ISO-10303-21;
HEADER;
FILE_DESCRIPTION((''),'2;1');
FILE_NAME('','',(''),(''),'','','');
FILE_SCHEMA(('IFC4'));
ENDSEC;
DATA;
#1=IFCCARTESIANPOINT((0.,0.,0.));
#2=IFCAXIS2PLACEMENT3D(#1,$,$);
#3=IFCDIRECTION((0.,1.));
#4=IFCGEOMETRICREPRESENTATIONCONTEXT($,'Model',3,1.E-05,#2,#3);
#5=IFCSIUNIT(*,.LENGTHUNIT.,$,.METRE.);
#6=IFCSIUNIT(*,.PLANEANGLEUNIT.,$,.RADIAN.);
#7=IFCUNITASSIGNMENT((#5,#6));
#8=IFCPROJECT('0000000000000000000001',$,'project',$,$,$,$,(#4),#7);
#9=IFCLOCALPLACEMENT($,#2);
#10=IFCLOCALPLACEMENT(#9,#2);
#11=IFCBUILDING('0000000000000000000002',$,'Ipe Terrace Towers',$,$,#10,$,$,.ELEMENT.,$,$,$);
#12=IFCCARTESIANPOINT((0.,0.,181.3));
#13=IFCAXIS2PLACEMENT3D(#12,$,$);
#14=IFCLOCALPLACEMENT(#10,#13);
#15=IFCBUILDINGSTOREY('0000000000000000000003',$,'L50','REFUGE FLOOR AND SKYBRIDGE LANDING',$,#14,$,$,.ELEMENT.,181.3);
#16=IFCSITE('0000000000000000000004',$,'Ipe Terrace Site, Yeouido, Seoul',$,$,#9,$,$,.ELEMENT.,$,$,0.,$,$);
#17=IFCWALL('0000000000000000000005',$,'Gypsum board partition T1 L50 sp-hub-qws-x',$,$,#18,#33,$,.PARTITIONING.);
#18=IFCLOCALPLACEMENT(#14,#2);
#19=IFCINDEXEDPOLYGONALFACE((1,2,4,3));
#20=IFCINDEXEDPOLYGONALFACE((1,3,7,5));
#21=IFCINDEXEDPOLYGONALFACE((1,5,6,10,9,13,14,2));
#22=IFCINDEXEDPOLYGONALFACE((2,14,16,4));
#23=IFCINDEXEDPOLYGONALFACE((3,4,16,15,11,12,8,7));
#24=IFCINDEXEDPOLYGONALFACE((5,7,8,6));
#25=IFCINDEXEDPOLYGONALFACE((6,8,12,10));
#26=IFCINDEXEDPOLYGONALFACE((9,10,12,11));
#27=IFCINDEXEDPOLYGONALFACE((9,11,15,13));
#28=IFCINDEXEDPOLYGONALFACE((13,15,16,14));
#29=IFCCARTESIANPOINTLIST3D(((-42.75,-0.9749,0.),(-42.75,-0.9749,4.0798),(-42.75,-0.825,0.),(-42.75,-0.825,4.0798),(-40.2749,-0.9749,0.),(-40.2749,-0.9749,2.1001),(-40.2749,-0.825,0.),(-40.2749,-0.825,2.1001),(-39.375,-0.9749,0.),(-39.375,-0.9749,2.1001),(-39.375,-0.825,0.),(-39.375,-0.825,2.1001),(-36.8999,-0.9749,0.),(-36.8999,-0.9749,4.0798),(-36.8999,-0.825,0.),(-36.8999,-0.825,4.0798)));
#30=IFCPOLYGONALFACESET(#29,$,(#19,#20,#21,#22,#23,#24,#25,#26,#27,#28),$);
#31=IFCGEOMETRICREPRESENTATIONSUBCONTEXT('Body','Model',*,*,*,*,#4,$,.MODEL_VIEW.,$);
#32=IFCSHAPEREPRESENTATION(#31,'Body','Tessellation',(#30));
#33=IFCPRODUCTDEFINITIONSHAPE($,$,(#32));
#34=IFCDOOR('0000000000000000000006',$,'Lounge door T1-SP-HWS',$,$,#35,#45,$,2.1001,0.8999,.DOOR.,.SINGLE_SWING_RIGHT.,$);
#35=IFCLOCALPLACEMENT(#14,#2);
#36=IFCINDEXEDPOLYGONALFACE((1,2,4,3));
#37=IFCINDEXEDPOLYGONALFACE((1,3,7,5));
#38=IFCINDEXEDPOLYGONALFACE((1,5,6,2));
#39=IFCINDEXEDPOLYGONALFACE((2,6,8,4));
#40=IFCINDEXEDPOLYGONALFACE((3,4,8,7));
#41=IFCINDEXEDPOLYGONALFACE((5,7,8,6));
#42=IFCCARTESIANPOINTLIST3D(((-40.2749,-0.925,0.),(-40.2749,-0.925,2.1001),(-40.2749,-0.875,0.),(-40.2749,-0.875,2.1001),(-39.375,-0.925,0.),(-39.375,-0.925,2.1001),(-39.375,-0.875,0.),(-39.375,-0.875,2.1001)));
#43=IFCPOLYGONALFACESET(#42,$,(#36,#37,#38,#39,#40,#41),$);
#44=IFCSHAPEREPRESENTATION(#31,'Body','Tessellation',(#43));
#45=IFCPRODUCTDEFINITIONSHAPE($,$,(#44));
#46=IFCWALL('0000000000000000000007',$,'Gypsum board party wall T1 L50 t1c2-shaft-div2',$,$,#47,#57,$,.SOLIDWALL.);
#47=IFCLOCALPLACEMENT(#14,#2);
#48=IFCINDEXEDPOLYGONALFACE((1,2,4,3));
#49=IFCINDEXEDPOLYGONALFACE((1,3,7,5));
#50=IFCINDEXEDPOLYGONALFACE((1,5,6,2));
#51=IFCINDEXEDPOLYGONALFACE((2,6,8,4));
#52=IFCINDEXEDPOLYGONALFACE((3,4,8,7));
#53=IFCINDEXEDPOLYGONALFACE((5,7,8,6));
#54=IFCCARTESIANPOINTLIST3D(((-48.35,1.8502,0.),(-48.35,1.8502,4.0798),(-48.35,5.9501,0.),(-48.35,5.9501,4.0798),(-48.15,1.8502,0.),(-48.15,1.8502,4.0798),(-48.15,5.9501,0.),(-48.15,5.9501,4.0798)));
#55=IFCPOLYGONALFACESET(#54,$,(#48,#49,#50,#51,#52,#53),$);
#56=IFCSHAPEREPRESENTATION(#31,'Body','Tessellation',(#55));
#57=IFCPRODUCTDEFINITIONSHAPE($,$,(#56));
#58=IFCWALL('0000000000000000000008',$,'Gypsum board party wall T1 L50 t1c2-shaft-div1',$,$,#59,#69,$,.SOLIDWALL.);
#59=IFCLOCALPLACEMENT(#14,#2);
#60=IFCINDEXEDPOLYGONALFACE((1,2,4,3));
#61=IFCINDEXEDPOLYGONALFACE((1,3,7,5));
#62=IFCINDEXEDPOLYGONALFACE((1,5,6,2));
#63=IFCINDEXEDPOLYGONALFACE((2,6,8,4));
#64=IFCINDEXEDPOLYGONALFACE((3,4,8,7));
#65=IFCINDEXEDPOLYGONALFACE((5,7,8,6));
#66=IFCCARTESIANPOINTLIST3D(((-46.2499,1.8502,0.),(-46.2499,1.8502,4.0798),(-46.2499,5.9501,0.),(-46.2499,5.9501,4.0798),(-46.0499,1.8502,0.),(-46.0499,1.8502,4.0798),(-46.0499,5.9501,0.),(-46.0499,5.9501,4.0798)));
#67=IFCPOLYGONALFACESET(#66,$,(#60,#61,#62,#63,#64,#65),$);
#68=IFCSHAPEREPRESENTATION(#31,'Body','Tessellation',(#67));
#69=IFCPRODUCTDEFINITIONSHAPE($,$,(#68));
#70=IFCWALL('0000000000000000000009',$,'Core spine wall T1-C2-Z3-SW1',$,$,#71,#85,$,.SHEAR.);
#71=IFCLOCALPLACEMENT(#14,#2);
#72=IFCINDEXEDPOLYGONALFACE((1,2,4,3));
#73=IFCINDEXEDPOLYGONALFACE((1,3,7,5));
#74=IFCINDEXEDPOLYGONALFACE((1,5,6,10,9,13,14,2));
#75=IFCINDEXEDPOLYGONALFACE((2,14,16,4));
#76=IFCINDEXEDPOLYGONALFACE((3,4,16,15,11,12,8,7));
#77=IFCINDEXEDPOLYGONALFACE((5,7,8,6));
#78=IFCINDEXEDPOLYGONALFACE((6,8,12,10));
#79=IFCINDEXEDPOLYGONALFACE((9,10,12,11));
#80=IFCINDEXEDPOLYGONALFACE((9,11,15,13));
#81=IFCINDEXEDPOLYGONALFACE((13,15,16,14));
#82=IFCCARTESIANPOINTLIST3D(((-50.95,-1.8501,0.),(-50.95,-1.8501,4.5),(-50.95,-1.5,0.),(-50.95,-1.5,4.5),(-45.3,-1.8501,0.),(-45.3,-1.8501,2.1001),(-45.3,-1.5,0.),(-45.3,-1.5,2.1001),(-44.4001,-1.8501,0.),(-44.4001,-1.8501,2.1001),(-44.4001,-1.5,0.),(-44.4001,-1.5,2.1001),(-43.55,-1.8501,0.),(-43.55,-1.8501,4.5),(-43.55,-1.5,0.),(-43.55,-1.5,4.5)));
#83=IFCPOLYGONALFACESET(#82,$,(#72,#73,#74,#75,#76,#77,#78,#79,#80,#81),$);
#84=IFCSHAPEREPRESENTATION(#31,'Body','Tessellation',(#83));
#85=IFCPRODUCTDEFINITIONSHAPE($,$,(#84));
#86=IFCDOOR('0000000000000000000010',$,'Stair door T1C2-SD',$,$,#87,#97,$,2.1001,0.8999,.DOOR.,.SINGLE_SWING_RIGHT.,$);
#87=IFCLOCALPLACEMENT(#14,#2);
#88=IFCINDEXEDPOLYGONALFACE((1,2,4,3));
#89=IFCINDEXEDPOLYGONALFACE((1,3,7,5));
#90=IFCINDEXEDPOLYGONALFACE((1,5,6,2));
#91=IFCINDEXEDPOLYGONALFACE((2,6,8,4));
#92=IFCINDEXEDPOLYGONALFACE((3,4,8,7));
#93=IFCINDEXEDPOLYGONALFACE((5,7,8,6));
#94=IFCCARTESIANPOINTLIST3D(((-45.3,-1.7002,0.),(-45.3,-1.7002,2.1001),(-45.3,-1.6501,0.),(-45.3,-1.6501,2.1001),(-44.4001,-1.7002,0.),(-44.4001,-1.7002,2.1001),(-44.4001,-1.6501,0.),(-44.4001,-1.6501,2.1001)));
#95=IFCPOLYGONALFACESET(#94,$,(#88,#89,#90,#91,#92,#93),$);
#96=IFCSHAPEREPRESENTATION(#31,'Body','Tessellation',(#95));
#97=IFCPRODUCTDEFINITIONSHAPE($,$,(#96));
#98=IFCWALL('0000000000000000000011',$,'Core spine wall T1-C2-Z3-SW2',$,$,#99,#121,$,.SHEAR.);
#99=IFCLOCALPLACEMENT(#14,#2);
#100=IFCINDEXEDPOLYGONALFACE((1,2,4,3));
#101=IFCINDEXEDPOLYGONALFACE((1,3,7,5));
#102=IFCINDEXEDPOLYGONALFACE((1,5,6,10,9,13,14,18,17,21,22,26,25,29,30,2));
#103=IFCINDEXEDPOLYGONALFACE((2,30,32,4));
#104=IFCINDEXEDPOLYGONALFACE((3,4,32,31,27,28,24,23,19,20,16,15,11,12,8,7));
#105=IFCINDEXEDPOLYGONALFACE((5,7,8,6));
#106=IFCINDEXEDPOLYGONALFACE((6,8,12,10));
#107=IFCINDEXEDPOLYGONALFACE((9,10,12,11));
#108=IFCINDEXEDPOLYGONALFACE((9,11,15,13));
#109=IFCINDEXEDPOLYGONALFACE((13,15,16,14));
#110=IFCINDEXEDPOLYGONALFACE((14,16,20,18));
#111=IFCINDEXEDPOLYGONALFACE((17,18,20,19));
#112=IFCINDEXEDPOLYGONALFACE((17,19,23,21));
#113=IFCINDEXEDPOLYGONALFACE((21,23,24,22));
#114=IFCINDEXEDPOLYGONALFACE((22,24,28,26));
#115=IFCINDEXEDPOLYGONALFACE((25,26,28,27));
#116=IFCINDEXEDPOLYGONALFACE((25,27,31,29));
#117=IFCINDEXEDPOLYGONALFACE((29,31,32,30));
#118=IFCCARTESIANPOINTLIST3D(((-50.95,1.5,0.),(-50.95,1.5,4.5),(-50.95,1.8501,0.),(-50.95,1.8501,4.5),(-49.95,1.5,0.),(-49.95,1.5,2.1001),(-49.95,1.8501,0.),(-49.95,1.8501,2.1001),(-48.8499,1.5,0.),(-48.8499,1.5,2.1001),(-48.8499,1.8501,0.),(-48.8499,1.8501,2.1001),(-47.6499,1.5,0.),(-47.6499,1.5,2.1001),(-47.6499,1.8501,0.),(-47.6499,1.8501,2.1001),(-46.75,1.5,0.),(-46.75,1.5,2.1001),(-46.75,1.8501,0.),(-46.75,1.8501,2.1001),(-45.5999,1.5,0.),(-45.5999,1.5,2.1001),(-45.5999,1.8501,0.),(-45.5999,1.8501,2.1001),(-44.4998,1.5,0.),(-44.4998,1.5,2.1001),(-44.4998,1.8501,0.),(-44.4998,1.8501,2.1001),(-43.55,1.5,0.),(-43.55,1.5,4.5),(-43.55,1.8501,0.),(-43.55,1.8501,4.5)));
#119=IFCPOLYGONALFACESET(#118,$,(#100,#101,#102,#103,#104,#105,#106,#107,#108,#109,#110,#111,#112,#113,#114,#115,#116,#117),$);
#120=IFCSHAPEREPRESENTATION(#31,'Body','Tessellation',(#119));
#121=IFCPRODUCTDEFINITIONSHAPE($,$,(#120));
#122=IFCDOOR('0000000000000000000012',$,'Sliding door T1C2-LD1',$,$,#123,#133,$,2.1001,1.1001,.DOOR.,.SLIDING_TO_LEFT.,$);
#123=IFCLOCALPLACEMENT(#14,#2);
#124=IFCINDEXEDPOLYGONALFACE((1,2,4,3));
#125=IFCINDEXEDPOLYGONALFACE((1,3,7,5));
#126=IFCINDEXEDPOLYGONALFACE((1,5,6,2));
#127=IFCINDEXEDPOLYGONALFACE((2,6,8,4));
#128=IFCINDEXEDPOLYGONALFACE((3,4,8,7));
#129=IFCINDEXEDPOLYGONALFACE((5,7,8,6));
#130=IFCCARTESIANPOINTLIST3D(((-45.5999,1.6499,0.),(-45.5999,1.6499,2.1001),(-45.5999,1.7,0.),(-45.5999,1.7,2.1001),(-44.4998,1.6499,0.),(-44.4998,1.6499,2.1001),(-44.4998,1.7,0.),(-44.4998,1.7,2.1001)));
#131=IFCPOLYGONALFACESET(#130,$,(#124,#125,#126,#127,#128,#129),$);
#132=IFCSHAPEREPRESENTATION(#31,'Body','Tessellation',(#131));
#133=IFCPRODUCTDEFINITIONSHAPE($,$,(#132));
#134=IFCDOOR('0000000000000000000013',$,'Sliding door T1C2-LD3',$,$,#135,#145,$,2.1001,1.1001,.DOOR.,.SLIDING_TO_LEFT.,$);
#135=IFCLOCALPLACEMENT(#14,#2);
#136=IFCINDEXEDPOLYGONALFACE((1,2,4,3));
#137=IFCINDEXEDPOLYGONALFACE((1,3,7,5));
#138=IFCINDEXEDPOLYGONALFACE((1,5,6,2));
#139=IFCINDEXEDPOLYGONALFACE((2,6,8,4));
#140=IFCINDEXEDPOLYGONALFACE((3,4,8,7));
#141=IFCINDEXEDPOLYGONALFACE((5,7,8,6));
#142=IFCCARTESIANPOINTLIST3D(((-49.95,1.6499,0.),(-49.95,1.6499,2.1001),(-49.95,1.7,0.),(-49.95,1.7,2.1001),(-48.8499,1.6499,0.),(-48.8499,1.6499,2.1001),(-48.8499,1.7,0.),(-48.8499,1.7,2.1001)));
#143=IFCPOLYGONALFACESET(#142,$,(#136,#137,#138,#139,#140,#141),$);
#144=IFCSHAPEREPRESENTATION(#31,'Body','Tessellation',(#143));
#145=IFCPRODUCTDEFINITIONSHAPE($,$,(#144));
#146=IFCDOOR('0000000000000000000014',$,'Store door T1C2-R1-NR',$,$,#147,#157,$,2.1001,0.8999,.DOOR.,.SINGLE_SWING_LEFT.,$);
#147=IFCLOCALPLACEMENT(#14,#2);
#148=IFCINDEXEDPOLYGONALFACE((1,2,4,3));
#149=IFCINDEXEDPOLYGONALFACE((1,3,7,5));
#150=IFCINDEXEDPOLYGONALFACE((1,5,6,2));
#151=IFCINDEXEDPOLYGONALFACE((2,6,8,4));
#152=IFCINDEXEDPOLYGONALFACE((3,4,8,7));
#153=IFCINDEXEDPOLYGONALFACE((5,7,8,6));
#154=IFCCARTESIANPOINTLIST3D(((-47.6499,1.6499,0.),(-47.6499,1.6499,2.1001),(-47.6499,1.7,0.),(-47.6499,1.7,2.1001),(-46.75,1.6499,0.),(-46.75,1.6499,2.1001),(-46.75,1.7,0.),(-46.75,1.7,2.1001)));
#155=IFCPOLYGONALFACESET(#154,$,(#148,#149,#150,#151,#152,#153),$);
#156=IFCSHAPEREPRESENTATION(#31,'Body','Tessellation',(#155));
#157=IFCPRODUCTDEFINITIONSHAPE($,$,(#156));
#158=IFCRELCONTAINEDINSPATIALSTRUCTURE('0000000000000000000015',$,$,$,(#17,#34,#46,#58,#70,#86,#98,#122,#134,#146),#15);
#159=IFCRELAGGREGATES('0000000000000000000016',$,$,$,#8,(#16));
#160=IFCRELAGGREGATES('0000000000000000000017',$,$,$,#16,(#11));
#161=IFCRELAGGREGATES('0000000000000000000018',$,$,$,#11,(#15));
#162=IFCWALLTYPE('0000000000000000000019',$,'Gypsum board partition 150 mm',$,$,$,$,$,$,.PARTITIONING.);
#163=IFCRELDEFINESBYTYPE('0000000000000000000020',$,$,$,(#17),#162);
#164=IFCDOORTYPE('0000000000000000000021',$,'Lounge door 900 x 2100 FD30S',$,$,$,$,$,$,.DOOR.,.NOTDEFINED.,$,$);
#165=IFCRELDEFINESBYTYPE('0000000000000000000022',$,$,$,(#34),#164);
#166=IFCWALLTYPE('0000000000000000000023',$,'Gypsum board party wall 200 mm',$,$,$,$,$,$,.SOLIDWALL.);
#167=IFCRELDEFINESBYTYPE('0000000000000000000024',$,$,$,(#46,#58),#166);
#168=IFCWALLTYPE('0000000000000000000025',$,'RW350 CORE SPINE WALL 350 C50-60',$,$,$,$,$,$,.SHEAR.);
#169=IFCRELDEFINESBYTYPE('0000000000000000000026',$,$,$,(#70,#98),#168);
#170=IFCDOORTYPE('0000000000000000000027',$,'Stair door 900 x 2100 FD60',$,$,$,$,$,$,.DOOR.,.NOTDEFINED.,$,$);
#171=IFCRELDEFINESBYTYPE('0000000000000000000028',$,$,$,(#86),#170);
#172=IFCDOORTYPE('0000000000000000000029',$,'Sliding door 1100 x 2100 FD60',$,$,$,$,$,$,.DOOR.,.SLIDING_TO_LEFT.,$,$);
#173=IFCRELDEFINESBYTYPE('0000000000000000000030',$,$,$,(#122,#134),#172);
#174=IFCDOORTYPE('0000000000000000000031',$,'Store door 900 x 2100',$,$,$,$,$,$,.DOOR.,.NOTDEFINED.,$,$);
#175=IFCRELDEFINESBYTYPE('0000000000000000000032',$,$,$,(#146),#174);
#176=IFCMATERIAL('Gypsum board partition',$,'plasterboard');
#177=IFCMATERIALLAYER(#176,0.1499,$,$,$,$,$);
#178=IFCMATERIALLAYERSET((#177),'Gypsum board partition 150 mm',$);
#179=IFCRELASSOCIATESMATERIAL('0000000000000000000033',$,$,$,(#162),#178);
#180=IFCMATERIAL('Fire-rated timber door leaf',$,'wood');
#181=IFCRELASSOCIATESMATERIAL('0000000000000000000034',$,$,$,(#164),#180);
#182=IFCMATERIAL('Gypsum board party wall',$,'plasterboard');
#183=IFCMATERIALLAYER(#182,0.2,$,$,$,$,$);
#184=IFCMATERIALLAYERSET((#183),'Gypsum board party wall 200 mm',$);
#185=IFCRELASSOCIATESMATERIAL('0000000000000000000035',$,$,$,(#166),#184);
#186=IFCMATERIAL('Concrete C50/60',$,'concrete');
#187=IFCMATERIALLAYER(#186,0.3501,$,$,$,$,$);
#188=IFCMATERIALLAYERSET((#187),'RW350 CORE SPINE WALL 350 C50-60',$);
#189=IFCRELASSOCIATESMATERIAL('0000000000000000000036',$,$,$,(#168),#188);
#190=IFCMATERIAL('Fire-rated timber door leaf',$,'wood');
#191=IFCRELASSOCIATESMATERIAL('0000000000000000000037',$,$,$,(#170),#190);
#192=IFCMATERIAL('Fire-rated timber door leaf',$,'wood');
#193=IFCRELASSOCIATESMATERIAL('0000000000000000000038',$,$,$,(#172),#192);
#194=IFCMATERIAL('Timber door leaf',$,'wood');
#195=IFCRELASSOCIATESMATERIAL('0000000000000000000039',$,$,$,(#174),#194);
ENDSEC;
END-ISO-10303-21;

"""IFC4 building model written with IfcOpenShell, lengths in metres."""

from ifc_helpers import new_model, si_unit, direction, frame, frame_2d, origin, place, context, subcontext, project, spatial, rectangle, extrude, material, layer, layer_set, type_object, element, fill, save


model = new_model("IFC4")

# Units and contexts
model_context = context("Model", 3, precision=1e-05, world=origin(), true_north=direction((0.0, 1.0)))
body_context = subcontext(model_context, "Body", "Model", "MODEL_VIEW")
ifc_project = project(units=[si_unit("LENGTHUNIT", "METRE"), si_unit("PLANEANGLEUNIT", "RADIAN")], contexts=[model_context])

# Site, building, storey
site_placement = place(None, origin())
site = spatial("IfcSite", under=ifc_project, at=site_placement, Name="Ipe Terrace Site, Yeouido, Seoul", CompositionType="ELEMENT", RefElevation=0.0)
building_placement = place(site_placement, origin())
building = spatial("IfcBuilding", under=site, at=building_placement, Name="Ipe Terrace Towers", CompositionType="ELEMENT")
storey_placement = place(building_placement, frame((0.0, 0.0, 181.3)))
storey = spatial("IfcBuildingStorey", under=building, at=storey_placement, Name="L50", Description="REFUGE FLOOR AND SKYBRIDGE LANDING", CompositionType="ELEMENT", Elevation=181.3)

# Wall, opening, door
ifc_material_1 = material(Name="Gypsum board partition", Category="plasterboard")
ifc_layer_1 = layer(ifc_material_1, 0.1499)
ifc_layer_set_1 = layer_set([ifc_layer_1], Name="Gypsum board partition 150 mm")
wall_type_1 = type_object("IfcWallType", Name="Gypsum board partition 150 mm", PredefinedType="PARTITIONING", material=ifc_layer_set_1)
ifc_material_2 = material(Name="Fire-rated timber door leaf", Category="wood")
door_type_1 = type_object("IfcDoorType", Name="Lounge door 900 x 2100 FD30S", OperationType="NOTDEFINED", PredefinedType="DOOR", material=ifc_material_2)
wall_1_placement = place(storey_placement, frame((-42.75, -0.8999, 0.0), z_axis=(0.0, 0.0, 1.0), x_axis=(1.0, 0.0, 0.0)))
wall_1 = element("IfcWall", 1, at=wall_1_placement, inside=storey, type_object=wall_type_1, Name="Gypsum board partition T1 L50 sp-hub-qws-x", PredefinedType="PARTITIONING", context=body_context, shape_type="SweptSolid", body=[
    extrude(rectangle(XDim=5.8501, YDim=0.1499, at=frame_2d((2.925, 0.0))), origin(), (0.0, 0.0, 1.0), 4.0798),
])
opening_1_placement = place(wall_1_placement, frame((2.4751, 0.0, 0.0)))
opening_1 = element("IfcOpeningElement", 2, at=opening_1_placement, cuts=wall_1, PredefinedType="OPENING", context=body_context, shape_type="SweptSolid", body=[
    extrude(rectangle(XDim=0.8999, YDim=2.1001, at=frame_2d((0.45, 1.05))), frame((0.0, 0.085, 0.0), z_axis=(0.0, -1.0, 0.0), x_axis=(1.0, 0.0, 0.0)), (0.0, 0.0, 1.0), 0.1699),
])
door_1_placement = place(opening_1_placement, origin())
door_1 = element("IfcDoor", 3, at=door_1_placement, inside=storey, type_object=door_type_1, Name="Lounge door T1-SP-HWS", OperationType="SINGLE_SWING_RIGHT", OverallHeight=2.1001, OverallWidth=0.8999, PredefinedType="DOOR", context=body_context, shape_type="SweptSolid", body=[
    extrude(rectangle(XDim=0.8999, YDim=2.1001, at=frame_2d((0.45, 1.05))), frame((0.0, 0.0249, 0.0), z_axis=(0.0, -1.0, 0.0), x_axis=(1.0, 0.0, 0.0)), (0.0, 0.0, 1.0), 0.05),
])
fill(opening_1, door_1)

# Walls
ifc_material_3 = material(Name="Gypsum board party wall", Category="plasterboard")
ifc_layer_2 = layer(ifc_material_3, 0.2)
ifc_layer_set_2 = layer_set([ifc_layer_2], Name="Gypsum board party wall 200 mm")
wall_type_2 = type_object("IfcWallType", Name="Gypsum board party wall 200 mm", PredefinedType="SOLIDWALL", material=ifc_layer_set_2)
for number, where, z_axis, x_axis, name in (
    (4, (-48.25, 5.95, 0.0), (0.0, 0.0, 1.0), (0.0, -1.0, 0.0), "Gypsum board party wall T1 L50 t1c2-shaft-div2"),
    (5, (-46.1499, 5.95, 0.0), (0.0, 0.0, 1.0), (0.0, -1.0, 0.0), "Gypsum board party wall T1 L50 t1c2-shaft-div1"),
):
    element("IfcWall", number, at=place(storey_placement, frame(where, z_axis=z_axis, x_axis=x_axis)), inside=storey, type_object=wall_type_2, Name=name, PredefinedType="SOLIDWALL", context=body_context, shape_type="SweptSolid", body=[
        extrude(rectangle(XDim=4.0999, YDim=0.2, at=frame_2d((2.0498, 0.0))), origin(), (0.0, 0.0, 1.0), 4.0798),
    ])

# Wall, opening, door
ifc_material_4 = material(Name="Concrete C50/60", Category="concrete")
ifc_layer_3 = layer(ifc_material_4, 0.3501)
ifc_layer_set_3 = layer_set([ifc_layer_3], Name="RW350 CORE SPINE WALL 350 C50-60")
wall_type_3 = type_object("IfcWallType", Name="RW350 CORE SPINE WALL 350 C50-60", PredefinedType="SHEAR", material=ifc_layer_set_3)
wall_2_placement = place(storey_placement, frame((-50.95, -1.675, 0.0), z_axis=(0.0, 0.0, 1.0), x_axis=(1.0, 0.0, 0.0)))
wall_2 = element("IfcWall", 6, at=wall_2_placement, inside=storey, type_object=wall_type_3, Name="Core spine wall T1-C2-Z3-SW1", PredefinedType="SHEAR", context=body_context, shape_type="SweptSolid", body=[
    extrude(rectangle(XDim=7.3999, YDim=0.3501, at=frame_2d((3.7, 0.0))), origin(), (0.0, 0.0, 1.0), 4.5),
])
opening_2_placement = place(wall_2_placement, frame((5.6499, 0.0, 0.0)))
opening_2 = element("IfcOpeningElement", 7, at=opening_2_placement, cuts=wall_2, PredefinedType="OPENING", context=body_context, shape_type="SweptSolid", body=[
    extrude(rectangle(XDim=0.8999, YDim=2.1001, at=frame_2d((0.45, 1.05))), frame((0.0, 0.1851, 0.0), z_axis=(0.0, -1.0, 0.0), x_axis=(1.0, 0.0, 0.0)), (0.0, 0.0, 1.0), 0.3701),
])
ifc_material_5 = material(Name="Fire-rated timber door leaf", Category="wood")
door_type_2 = type_object("IfcDoorType", Name="Stair door 900 x 2100 FD60", OperationType="NOTDEFINED", PredefinedType="DOOR", material=ifc_material_5)
door_2_placement = place(opening_2_placement, origin())
door_2 = element("IfcDoor", 8, at=door_2_placement, inside=storey, type_object=door_type_2, Name="Stair door T1C2-SD", OperationType="SINGLE_SWING_RIGHT", OverallHeight=2.1001, OverallWidth=0.8999, PredefinedType="DOOR", context=body_context, shape_type="SweptSolid", body=[
    extrude(rectangle(XDim=0.8999, YDim=2.1001, at=frame_2d((0.45, 1.05))), frame((0.0, 0.0249, 0.0), z_axis=(0.0, -1.0, 0.0), x_axis=(1.0, 0.0, 0.0)), (0.0, 0.0, 1.0), 0.05),
])
fill(opening_2, door_2)

# Wall, openings, doors
wall_3_placement = place(storey_placement, frame((-50.95, 1.675, 0.0), z_axis=(0.0, 0.0, 1.0), x_axis=(1.0, 0.0, 0.0)))
wall_3 = element("IfcWall", 9, at=wall_3_placement, inside=storey, type_object=wall_type_3, Name="Core spine wall T1-C2-Z3-SW2", PredefinedType="SHEAR", context=body_context, shape_type="SweptSolid", body=[
    extrude(rectangle(XDim=7.3999, YDim=0.3501, at=frame_2d((3.7, 0.0))), origin(), (0.0, 0.0, 1.0), 4.5),
])
opening_3_placement = place(wall_3_placement, frame((5.3501, 0.0, 0.0)))
opening_3 = element("IfcOpeningElement", 10, at=opening_3_placement, cuts=wall_3, PredefinedType="OPENING", context=body_context, shape_type="SweptSolid", body=[
    extrude(rectangle(XDim=1.1001, YDim=2.1001, at=frame_2d((0.55, 1.05))), frame((0.0, 0.1851, 0.0), z_axis=(0.0, -1.0, 0.0), x_axis=(1.0, 0.0, 0.0)), (0.0, 0.0, 1.0), 0.3701),
])
opening_4_placement = place(wall_3_placement, frame((1.0, 0.0, 0.0)))
opening_4 = element("IfcOpeningElement", 11, at=opening_4_placement, cuts=wall_3, PredefinedType="OPENING", context=body_context, shape_type="SweptSolid", body=[
    extrude(rectangle(XDim=1.1001, YDim=2.1001, at=frame_2d((0.55, 1.05))), frame((0.0, 0.1851, 0.0), z_axis=(0.0, -1.0, 0.0), x_axis=(1.0, 0.0, 0.0)), (0.0, 0.0, 1.0), 0.3701),
])
opening_5_placement = place(wall_3_placement, frame((3.3, 0.0, 0.0)))
opening_5 = element("IfcOpeningElement", 12, at=opening_5_placement, cuts=wall_3, PredefinedType="OPENING", context=body_context, shape_type="SweptSolid", body=[
    extrude(rectangle(XDim=0.8999, YDim=2.1001, at=frame_2d((0.45, 1.05))), frame((0.0, 0.1851, 0.0), z_axis=(0.0, -1.0, 0.0), x_axis=(1.0, 0.0, 0.0)), (0.0, 0.0, 1.0), 0.3701),
])
ifc_material_6 = material(Name="Fire-rated timber door leaf", Category="wood")
door_type_3 = type_object("IfcDoorType", Name="Sliding door 1100 x 2100 FD60", OperationType="SLIDING_TO_LEFT", PredefinedType="DOOR", material=ifc_material_6)
door_3_placement = place(opening_3_placement, origin())
door_3 = element("IfcDoor", 13, at=door_3_placement, inside=storey, type_object=door_type_3, Name="Sliding door T1C2-LD1", OperationType="SLIDING_TO_LEFT", OverallHeight=2.1001, OverallWidth=1.1001, PredefinedType="DOOR", context=body_context, shape_type="SweptSolid", body=[
    extrude(rectangle(XDim=1.1001, YDim=2.1001, at=frame_2d((0.55, 1.05))), frame((0.0, 0.0249, 0.0), z_axis=(0.0, -1.0, 0.0), x_axis=(1.0, 0.0, 0.0)), (0.0, 0.0, 1.0), 0.05),
])
fill(opening_3, door_3)
door_4_placement = place(opening_4_placement, origin())
door_4 = element("IfcDoor", 14, at=door_4_placement, inside=storey, type_object=door_type_3, Name="Sliding door T1C2-LD3", OperationType="SLIDING_TO_LEFT", OverallHeight=2.1001, OverallWidth=1.1001, PredefinedType="DOOR", context=body_context, shape_type="SweptSolid", body=[
    extrude(rectangle(XDim=1.1001, YDim=2.1001, at=frame_2d((0.55, 1.05))), frame((0.0, 0.0249, 0.0), z_axis=(0.0, -1.0, 0.0), x_axis=(1.0, 0.0, 0.0)), (0.0, 0.0, 1.0), 0.05),
])
fill(opening_4, door_4)
ifc_material_7 = material(Name="Timber door leaf", Category="wood")
door_type_4 = type_object("IfcDoorType", Name="Store door 900 x 2100", OperationType="NOTDEFINED", PredefinedType="DOOR", material=ifc_material_7)
door_5_placement = place(opening_5_placement, origin())
door_5 = element("IfcDoor", 15, at=door_5_placement, inside=storey, type_object=door_type_4, Name="Store door T1C2-R1-NR", OperationType="SINGLE_SWING_LEFT", OverallHeight=2.1001, OverallWidth=0.8999, PredefinedType="DOOR", context=body_context, shape_type="SweptSolid", body=[
    extrude(rectangle(XDim=0.8999, YDim=2.1001, at=frame_2d((0.45, 1.05))), frame((0.0, 0.0249, 0.0), z_axis=(0.0, -1.0, 0.0), x_axis=(1.0, 0.0, 0.0)), (0.0, 0.0, 1.0), 0.05),
])
fill(opening_5, door_5)

save(model, "model.ifc")
